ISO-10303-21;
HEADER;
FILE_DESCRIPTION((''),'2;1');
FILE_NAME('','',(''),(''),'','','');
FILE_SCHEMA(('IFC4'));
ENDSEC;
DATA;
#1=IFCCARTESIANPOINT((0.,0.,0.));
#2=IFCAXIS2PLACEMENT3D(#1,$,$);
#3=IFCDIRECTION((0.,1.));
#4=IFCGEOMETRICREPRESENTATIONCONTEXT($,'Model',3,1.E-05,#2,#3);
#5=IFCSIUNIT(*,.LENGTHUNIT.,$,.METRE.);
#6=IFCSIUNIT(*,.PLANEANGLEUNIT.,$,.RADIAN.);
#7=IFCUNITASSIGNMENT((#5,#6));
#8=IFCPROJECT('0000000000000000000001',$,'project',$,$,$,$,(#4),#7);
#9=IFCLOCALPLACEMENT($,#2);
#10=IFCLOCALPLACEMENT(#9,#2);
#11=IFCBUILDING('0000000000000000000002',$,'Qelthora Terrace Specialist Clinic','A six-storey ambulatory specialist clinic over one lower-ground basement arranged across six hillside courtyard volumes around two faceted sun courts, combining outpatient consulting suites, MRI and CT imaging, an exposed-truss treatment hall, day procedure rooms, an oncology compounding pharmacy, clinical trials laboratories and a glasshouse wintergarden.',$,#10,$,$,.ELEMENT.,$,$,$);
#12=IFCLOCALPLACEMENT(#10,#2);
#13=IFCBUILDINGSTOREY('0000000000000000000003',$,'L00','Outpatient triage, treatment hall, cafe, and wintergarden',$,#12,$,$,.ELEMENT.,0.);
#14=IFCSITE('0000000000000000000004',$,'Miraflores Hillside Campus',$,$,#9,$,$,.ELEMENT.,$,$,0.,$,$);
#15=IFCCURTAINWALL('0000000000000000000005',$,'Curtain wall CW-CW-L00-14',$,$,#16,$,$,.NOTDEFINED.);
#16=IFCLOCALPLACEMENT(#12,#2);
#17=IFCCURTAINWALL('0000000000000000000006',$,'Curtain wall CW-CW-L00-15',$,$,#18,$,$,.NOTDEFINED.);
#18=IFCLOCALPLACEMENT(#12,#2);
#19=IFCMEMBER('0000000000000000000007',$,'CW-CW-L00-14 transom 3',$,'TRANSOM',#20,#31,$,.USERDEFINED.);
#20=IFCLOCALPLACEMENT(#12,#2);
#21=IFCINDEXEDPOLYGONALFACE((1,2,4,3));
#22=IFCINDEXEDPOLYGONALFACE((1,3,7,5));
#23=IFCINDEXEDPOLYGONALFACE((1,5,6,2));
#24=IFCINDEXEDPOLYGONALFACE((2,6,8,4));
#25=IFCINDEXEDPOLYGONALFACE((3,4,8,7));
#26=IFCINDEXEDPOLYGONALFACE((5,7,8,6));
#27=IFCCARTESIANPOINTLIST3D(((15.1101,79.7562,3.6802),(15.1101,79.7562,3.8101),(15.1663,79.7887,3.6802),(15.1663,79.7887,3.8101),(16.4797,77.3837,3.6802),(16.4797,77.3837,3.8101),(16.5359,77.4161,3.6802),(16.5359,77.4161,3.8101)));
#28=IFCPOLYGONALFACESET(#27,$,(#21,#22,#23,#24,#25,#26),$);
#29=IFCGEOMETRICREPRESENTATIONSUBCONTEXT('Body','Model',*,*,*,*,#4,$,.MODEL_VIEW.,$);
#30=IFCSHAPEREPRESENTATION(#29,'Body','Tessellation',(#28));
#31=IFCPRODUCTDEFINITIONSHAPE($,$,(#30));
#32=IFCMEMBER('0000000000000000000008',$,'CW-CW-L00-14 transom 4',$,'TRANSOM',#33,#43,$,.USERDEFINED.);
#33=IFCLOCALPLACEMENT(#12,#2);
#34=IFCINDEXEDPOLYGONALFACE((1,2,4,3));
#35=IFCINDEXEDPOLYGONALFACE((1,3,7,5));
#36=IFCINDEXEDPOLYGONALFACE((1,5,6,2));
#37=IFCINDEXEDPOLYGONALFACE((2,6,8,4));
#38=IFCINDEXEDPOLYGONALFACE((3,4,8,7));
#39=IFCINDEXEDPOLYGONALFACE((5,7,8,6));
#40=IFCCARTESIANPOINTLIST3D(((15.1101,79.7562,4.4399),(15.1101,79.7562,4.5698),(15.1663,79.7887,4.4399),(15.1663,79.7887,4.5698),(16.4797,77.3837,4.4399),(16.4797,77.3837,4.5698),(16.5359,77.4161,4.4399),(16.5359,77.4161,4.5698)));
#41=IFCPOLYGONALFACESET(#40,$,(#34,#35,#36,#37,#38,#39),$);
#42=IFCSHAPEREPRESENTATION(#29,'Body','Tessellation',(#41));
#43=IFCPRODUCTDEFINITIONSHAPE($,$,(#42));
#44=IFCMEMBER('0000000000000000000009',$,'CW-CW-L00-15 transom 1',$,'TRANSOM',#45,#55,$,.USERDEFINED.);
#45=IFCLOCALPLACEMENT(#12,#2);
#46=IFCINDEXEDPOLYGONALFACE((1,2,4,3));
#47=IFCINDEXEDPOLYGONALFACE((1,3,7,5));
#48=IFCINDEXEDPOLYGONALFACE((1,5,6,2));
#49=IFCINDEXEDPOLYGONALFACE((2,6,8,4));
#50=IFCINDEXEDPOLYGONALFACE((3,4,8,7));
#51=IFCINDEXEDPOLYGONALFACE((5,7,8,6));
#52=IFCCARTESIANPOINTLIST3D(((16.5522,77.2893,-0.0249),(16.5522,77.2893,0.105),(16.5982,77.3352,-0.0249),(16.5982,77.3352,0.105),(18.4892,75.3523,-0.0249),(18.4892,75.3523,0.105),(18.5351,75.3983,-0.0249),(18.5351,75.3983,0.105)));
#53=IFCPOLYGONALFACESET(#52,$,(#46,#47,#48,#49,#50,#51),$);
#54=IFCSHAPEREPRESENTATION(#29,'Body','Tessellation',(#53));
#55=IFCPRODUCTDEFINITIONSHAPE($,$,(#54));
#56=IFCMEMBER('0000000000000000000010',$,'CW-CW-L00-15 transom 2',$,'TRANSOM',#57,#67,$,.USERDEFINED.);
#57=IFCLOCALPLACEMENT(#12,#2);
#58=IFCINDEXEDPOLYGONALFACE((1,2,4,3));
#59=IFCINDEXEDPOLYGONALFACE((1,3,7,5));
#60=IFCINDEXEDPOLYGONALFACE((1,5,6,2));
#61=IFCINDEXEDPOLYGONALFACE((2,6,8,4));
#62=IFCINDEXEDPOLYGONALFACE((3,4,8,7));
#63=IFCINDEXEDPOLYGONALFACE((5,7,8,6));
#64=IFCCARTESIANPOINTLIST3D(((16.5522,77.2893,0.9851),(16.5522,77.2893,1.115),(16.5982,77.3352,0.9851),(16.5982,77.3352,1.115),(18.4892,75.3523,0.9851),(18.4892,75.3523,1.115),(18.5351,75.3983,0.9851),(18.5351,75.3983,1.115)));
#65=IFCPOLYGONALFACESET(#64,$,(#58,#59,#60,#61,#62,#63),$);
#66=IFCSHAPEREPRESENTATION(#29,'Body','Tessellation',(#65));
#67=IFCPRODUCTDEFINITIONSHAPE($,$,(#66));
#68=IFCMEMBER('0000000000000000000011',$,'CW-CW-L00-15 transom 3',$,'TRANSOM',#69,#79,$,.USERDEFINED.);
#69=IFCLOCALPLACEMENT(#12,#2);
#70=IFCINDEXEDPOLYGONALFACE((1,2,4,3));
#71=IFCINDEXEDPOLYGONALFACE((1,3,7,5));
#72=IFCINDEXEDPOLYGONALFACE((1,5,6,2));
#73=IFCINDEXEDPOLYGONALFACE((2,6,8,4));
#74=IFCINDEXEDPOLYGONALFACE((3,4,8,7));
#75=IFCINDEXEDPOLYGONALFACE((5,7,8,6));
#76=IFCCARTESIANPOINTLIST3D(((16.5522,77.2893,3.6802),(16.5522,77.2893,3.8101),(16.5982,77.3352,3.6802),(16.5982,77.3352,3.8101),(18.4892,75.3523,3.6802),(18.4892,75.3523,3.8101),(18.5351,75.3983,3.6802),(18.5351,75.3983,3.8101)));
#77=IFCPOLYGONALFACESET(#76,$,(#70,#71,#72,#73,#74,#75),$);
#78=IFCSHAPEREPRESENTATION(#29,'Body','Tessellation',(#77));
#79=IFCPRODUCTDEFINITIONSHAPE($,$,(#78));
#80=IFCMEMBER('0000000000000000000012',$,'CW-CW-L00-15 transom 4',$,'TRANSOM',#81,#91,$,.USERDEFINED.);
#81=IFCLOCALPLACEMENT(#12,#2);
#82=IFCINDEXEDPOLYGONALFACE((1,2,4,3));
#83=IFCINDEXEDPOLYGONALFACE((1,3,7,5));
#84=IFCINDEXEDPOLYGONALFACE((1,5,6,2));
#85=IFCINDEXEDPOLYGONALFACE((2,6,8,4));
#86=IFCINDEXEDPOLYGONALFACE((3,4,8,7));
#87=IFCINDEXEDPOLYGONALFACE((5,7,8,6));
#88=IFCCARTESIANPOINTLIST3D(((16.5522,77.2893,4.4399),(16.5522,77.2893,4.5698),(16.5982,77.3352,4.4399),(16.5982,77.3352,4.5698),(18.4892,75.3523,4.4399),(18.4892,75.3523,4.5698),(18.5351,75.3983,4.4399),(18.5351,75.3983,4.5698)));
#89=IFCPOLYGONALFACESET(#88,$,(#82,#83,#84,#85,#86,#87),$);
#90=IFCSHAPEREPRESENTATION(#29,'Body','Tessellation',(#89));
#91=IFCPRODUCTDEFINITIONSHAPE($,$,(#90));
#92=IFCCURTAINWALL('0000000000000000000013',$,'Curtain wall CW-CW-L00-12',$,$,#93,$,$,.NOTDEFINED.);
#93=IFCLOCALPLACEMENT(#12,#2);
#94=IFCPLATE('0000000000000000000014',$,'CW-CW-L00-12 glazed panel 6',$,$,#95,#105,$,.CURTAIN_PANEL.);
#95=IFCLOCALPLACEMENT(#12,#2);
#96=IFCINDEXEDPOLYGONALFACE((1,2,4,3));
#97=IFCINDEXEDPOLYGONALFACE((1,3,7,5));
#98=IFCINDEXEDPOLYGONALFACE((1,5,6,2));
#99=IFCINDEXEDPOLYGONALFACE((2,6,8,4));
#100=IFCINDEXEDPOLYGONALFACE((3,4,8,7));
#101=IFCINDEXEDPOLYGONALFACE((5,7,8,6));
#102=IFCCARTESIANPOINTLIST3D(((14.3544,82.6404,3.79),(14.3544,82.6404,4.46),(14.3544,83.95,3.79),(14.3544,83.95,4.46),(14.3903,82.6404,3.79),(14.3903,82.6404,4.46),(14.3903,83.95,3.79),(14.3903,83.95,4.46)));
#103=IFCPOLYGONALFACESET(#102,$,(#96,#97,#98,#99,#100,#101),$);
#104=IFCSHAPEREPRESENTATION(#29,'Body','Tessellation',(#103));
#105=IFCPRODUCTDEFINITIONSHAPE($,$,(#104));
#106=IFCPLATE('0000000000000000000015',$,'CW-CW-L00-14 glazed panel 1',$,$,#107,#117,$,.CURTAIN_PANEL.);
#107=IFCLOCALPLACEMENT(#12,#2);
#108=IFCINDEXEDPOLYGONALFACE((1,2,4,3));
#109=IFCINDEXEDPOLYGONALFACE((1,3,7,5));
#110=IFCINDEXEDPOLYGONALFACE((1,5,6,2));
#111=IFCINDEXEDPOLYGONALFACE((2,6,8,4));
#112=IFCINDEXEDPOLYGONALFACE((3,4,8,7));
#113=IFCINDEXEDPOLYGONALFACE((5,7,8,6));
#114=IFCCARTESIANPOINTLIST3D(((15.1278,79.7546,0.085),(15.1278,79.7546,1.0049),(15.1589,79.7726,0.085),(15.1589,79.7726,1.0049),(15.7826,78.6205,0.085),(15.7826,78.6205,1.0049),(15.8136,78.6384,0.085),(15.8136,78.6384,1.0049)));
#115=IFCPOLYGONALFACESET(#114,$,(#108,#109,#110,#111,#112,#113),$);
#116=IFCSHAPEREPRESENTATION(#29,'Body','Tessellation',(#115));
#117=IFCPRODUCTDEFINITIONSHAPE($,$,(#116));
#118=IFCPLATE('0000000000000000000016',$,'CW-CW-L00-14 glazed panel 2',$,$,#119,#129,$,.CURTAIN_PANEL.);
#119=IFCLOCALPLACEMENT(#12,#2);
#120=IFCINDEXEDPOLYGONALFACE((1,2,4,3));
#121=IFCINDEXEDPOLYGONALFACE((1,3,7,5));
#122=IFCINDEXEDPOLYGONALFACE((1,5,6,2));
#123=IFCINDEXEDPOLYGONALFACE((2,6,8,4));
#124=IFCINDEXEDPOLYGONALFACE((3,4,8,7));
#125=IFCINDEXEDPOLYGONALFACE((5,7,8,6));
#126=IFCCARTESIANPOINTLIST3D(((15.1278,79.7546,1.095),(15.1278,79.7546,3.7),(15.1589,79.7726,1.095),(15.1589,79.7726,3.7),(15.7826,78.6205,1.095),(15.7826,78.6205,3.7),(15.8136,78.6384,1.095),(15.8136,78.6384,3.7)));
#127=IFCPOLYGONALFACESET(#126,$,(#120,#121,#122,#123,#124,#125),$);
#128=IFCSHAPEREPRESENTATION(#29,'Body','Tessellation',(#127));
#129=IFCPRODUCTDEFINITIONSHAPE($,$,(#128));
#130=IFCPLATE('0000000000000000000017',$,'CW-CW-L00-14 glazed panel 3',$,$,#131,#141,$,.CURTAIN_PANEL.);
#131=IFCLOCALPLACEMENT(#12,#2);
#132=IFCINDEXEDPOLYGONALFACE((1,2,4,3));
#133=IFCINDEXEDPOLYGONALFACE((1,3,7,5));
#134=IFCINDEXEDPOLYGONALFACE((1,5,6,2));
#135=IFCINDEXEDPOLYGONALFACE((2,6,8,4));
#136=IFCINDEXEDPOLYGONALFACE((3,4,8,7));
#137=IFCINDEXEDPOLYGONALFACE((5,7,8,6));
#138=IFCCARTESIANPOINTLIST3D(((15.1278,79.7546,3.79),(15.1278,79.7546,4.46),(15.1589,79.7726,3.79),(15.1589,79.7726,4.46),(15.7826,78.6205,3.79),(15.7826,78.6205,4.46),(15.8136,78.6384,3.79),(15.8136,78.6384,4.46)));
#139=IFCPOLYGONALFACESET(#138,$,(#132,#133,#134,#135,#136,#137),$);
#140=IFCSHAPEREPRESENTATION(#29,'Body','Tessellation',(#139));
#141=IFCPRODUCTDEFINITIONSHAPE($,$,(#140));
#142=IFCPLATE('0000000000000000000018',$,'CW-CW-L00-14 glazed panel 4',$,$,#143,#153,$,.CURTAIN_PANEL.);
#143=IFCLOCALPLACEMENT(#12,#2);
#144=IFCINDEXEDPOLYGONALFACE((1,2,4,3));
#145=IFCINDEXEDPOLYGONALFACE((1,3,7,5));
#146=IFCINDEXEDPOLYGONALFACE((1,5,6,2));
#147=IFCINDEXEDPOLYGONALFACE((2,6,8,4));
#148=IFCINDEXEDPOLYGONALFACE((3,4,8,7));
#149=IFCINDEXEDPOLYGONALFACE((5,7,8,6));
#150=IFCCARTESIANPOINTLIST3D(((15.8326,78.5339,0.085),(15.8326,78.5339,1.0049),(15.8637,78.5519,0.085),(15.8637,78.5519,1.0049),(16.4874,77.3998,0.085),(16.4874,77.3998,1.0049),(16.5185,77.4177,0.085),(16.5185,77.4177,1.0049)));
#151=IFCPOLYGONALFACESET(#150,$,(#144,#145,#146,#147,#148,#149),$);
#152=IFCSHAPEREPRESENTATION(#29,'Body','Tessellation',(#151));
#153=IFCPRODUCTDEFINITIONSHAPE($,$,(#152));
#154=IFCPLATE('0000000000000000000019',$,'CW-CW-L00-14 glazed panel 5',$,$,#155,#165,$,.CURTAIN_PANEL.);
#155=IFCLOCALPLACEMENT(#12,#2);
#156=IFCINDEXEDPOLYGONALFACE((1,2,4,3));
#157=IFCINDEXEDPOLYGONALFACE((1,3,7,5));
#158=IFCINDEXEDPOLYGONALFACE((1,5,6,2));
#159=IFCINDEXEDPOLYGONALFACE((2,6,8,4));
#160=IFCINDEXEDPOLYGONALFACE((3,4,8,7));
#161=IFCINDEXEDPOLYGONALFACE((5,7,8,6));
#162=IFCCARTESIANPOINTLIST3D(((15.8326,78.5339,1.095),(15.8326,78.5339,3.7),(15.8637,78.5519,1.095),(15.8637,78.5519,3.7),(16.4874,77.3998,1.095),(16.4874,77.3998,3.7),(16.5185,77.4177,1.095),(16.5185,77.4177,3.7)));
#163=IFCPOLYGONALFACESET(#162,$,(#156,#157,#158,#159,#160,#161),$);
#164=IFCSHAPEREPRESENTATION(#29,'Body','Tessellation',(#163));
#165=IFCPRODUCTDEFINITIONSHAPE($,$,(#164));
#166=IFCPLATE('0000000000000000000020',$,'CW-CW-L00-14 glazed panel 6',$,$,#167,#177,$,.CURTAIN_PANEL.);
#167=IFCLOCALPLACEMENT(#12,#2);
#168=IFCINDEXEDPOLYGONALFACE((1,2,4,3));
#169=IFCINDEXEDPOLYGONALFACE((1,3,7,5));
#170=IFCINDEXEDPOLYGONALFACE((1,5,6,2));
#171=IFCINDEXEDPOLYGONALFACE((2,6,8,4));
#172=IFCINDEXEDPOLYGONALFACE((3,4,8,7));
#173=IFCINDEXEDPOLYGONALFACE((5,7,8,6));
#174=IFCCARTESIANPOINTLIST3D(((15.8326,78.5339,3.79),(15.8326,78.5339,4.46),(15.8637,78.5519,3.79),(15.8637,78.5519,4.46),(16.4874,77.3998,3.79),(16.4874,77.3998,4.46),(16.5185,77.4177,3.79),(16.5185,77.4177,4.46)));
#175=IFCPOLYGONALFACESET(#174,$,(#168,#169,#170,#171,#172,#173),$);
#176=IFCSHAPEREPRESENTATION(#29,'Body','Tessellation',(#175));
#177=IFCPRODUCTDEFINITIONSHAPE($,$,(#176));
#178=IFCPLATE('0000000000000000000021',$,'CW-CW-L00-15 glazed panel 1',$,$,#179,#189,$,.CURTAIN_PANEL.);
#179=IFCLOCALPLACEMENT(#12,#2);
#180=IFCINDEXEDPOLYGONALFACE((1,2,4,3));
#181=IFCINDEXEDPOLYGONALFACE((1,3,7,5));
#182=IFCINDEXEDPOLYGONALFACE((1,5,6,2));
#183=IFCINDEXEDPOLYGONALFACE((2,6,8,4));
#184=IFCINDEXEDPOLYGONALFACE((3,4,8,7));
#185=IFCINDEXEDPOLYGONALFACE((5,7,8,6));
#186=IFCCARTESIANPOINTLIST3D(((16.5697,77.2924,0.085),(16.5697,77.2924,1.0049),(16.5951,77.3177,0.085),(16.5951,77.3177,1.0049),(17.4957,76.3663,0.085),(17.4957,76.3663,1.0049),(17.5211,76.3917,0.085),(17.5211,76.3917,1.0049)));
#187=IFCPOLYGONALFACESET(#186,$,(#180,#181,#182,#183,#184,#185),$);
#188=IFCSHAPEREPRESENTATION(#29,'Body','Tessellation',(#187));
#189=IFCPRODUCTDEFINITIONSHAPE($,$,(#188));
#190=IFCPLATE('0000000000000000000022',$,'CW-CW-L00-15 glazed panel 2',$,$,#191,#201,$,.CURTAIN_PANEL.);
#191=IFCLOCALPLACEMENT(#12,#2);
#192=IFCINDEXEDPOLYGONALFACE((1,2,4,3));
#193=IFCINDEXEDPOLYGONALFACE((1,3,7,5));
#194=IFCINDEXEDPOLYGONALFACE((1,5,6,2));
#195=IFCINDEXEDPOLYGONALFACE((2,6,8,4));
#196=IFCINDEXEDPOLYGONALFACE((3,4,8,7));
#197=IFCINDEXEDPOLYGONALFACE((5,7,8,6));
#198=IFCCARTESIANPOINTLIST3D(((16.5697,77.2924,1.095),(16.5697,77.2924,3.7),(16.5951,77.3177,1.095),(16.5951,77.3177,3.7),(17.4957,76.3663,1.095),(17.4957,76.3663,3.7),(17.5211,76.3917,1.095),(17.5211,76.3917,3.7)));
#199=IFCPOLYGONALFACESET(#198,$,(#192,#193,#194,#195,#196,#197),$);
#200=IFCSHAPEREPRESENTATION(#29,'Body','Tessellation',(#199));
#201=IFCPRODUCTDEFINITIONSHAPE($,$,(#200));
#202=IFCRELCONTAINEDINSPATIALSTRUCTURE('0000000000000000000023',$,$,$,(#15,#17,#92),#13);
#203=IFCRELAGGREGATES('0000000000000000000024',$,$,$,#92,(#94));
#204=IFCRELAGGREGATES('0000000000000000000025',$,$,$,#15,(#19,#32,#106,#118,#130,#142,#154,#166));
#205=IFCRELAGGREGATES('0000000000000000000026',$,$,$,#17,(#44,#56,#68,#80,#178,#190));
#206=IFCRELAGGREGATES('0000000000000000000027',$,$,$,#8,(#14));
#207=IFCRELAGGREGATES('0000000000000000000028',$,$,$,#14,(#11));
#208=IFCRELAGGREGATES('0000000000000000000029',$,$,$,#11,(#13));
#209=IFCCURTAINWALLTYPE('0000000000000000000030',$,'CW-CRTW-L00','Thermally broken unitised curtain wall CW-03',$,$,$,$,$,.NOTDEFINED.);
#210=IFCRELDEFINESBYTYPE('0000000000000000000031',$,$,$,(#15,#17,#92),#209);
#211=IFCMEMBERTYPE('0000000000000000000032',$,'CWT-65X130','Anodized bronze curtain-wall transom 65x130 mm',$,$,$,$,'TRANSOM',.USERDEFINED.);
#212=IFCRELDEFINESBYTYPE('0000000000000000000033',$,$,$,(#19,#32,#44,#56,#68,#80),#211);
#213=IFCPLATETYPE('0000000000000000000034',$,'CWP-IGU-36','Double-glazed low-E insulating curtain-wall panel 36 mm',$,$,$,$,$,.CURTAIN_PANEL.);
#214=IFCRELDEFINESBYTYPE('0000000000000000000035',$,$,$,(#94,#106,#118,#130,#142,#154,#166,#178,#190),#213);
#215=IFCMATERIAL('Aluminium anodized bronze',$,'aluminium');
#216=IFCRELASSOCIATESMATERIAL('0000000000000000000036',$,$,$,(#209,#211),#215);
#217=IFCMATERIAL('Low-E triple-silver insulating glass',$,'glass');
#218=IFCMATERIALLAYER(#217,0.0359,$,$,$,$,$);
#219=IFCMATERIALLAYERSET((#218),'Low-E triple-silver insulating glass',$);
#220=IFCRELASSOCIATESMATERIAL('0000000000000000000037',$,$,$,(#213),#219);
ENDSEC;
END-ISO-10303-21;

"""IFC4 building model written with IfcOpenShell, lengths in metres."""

from ifc_helpers import new_model, si_unit, direction, frame, origin, origin_2d, place, context, subcontext, project, spatial, rectangle, extrude, material, layer, layer_set, material_profile, profile_set, type_object, element, aggregate, save


model = new_model("IFC4")

# Units and contexts
model_context = context("Model", 3, precision=1e-05, world=origin(), true_north=direction((0.0, 1.0)))
body_context = subcontext(model_context, "Body", "Model", "MODEL_VIEW")
ifc_project = project(units=[si_unit("LENGTHUNIT", "METRE"), si_unit("PLANEANGLEUNIT", "RADIAN")], contexts=[model_context])

# Site, building, storey
site_placement = place(None, origin())
site = spatial("IfcSite", under=ifc_project, at=site_placement, Name="Miraflores Hillside Campus", CompositionType="ELEMENT", RefElevation=0.0)
building_placement = place(site_placement, origin())
building = spatial("IfcBuilding", under=site, at=building_placement, Name="Qelthora Terrace Specialist Clinic", Description="A six-storey ambulatory specialist clinic over one lower-ground basement arranged across six hillside courtyard volumes around two faceted sun courts, combining outpatient consulting suites, MRI and CT imaging, an exposed-truss treatment hall, day procedure rooms, an oncology compounding pharmacy, clinical trials laboratories and a glasshouse wintergarden.", CompositionType="ELEMENT")
storey_placement = place(building_placement, origin())
storey = spatial("IfcBuildingStorey", under=building, at=storey_placement, Name="L00", Description="Outpatient triage, treatment hall, cafe, and wintergarden", CompositionType="ELEMENT", Elevation=0.0)

# Curtain walls
ifc_material_1 = material(Name="Aluminium anodized bronze", Category="aluminium")
curtain_wall_type = type_object("IfcCurtainWallType", Name="CW-CRTW-L00", Description="Thermally broken unitised curtain wall CW-03", PredefinedType="NOTDEFINED", material=ifc_material_1)
curtain_wall_1_placement = place(storey_placement, origin())
curtain_wall_1 = element("IfcCurtainWall", 1, at=curtain_wall_1_placement, inside=storey, type_object=curtain_wall_type, Name="Curtain wall CW-CW-L00-14", PredefinedType="NOTDEFINED")
curtain_wall_2_placement = place(storey_placement, origin())
curtain_wall_2 = element("IfcCurtainWall", 2, at=curtain_wall_2_placement, inside=storey, type_object=curtain_wall_type, Name="Curtain wall CW-CW-L00-15", PredefinedType="NOTDEFINED")

# Members
ifc_material_profile_1 = material_profile(ifc_material_1, rectangle(XDim=0.0649, YDim=0.1299, at=origin_2d()), Name="CWT65X130")
ifc_profile_set_1 = profile_set([ifc_material_profile_1], Name="Aluminium anodized bronze")
member_type_1 = type_object("IfcMemberType", Name="CWT-65X130", Description="Anodized bronze curtain-wall transom 65x130 mm", ElementType="TRANSOM", PredefinedType="USERDEFINED", material=ifc_profile_set_1)
member_1_placement = place(storey_placement, frame((15.1382, 79.7725, 3.7451), z_axis=(0.499954, -0.866052, 0.0), x_axis=(0.866052, 0.499954, 0.0)))
member_1 = element("IfcMember", 3, at=member_1_placement, type_object=member_type_1, Name="CW-CW-L00-14 transom 3", ObjectType="TRANSOM", PredefinedType="USERDEFINED", context=body_context, shape_type="SweptSolid", body=[
    extrude(rectangle(XDim=0.0649, YDim=0.1299, at=origin_2d()), origin(), (0.0, 0.0, 1.0), 2.7395),
])
member_2_placement = place(storey_placement, frame((15.1382, 79.7725, 4.5049), z_axis=(0.499954, -0.866052, 0.0), x_axis=(0.866052, 0.499954, 0.0)))
member_2 = element("IfcMember", 4, at=member_2_placement, type_object=member_type_1, Name="CW-CW-L00-14 transom 4", ObjectType="TRANSOM", PredefinedType="USERDEFINED", context=body_context, shape_type="SweptSolid", body=[
    extrude(rectangle(XDim=0.0649, YDim=0.1299, at=origin_2d()), origin(), (0.0, 0.0, 1.0), 2.7395),
])
member_3_placement = place(storey_placement, frame((16.5752, 77.3123, 0.04), z_axis=(0.707107, -0.707107, 0.0), x_axis=(0.707107, 0.707107, 0.0)))
member_3 = element("IfcMember", 5, at=member_3_placement, type_object=member_type_1, Name="CW-CW-L00-15 transom 1", ObjectType="TRANSOM", PredefinedType="USERDEFINED", context=body_context, shape_type="SweptSolid", body=[
    extrude(rectangle(XDim=0.0649, YDim=0.1299, at=origin_2d()), origin(), (0.0, 0.0, 1.0), 2.7393),
])
member_4_placement = place(storey_placement, frame((16.5752, 77.3123, 1.05), z_axis=(0.707107, -0.707107, 0.0), x_axis=(0.707107, 0.707107, 0.0)))
member_4 = element("IfcMember", 6, at=member_4_placement, type_object=member_type_1, Name="CW-CW-L00-15 transom 2", ObjectType="TRANSOM", PredefinedType="USERDEFINED", context=body_context, shape_type="SweptSolid", body=[
    extrude(rectangle(XDim=0.0649, YDim=0.1299, at=origin_2d()), origin(), (0.0, 0.0, 1.0), 2.7393),
])
member_5_placement = place(storey_placement, frame((16.5752, 77.3123, 3.7451), z_axis=(0.707107, -0.707107, 0.0), x_axis=(0.707107, 0.707107, 0.0)))
member_5 = element("IfcMember", 7, at=member_5_placement, type_object=member_type_1, Name="CW-CW-L00-15 transom 3", ObjectType="TRANSOM", PredefinedType="USERDEFINED", context=body_context, shape_type="SweptSolid", body=[
    extrude(rectangle(XDim=0.0649, YDim=0.1299, at=origin_2d()), origin(), (0.0, 0.0, 1.0), 2.7393),
])
member_6_placement = place(storey_placement, frame((16.5752, 77.3123, 4.5049), z_axis=(0.707107, -0.707107, 0.0), x_axis=(0.707107, 0.707107, 0.0)))
member_6 = element("IfcMember", 8, at=member_6_placement, type_object=member_type_1, Name="CW-CW-L00-15 transom 4", ObjectType="TRANSOM", PredefinedType="USERDEFINED", context=body_context, shape_type="SweptSolid", body=[
    extrude(rectangle(XDim=0.0649, YDim=0.1299, at=origin_2d()), origin(), (0.0, 0.0, 1.0), 2.7393),
])

# Curtain wall, plate
curtain_wall_3_placement = place(storey_placement, origin())
curtain_wall_3 = element("IfcCurtainWall", 9, at=curtain_wall_3_placement, inside=storey, type_object=curtain_wall_type, Name="Curtain wall CW-CW-L00-12", PredefinedType="NOTDEFINED")
ifc_material_2 = material(Name="Low-E triple-silver insulating glass", Category="glass")
ifc_layer_1 = layer(ifc_material_2, 0.0359)
ifc_layer_set_1 = layer_set([ifc_layer_1], Name="Low-E triple-silver insulating glass")
plate_type = type_object("IfcPlateType", Name="CWP-IGU-36", Description="Double-glazed low-E insulating curtain-wall panel 36 mm", PredefinedType="CURTAIN_PANEL", material=ifc_layer_set_1)
plate_1_placement = place(storey_placement, frame((14.3723, 83.2952, 3.79), z_axis=(0.0, 0.0, 1.0), x_axis=(0.0, -1.0, 0.0)))
plate_1 = element("IfcPlate", 10, at=plate_1_placement, type_object=plate_type, Name="CW-CW-L00-12 glazed panel 6", PredefinedType="CURTAIN_PANEL", context=body_context, shape_type="SweptSolid", body=[
    extrude(rectangle(XDim=1.3096, YDim=0.0359, at=origin_2d()), origin(), (0.0, 0.0, 1.0), 0.6699),
])
aggregate(curtain_wall_3, [plate_1])

# Plates
plate_2_placement = place(storey_placement, frame((15.4707, 79.1965, 0.085), z_axis=(0.0, 0.0, 1.0), x_axis=(0.5, -0.866025, 0.0)))
plate_2 = element("IfcPlate", 11, at=plate_2_placement, type_object=plate_type, Name="CW-CW-L00-14 glazed panel 1", PredefinedType="CURTAIN_PANEL", context=body_context, shape_type="SweptSolid", body=[
    extrude(rectangle(XDim=1.3096, YDim=0.0359, at=origin_2d()), origin(), (0.0, 0.0, 1.0), 0.9199),
])
plate_3_placement = place(storey_placement, frame((15.4707, 79.1965, 1.095), z_axis=(0.0, 0.0, 1.0), x_axis=(0.5, -0.866025, 0.0)))
plate_3 = element("IfcPlate", 12, at=plate_3_placement, type_object=plate_type, Name="CW-CW-L00-14 glazed panel 2", PredefinedType="CURTAIN_PANEL", context=body_context, shape_type="SweptSolid", body=[
    extrude(rectangle(XDim=1.3096, YDim=0.0359, at=origin_2d()), origin(), (0.0, 0.0, 1.0), 2.605),
])
plate_4_placement = place(storey_placement, frame((15.4707, 79.1965, 3.79), z_axis=(0.0, 0.0, 1.0), x_axis=(0.5, -0.866025, 0.0)))
plate_4 = element("IfcPlate", 13, at=plate_4_placement, type_object=plate_type, Name="CW-CW-L00-14 glazed panel 3", PredefinedType="CURTAIN_PANEL", context=body_context, shape_type="SweptSolid", body=[
    extrude(rectangle(XDim=1.3096, YDim=0.0359, at=origin_2d()), origin(), (0.0, 0.0, 1.0), 0.6699),
])
plate_5_placement = place(storey_placement, frame((16.1755, 77.9758, 0.085), z_axis=(0.0, 0.0, 1.0), x_axis=(0.5, -0.866025, 0.0)))
plate_5 = element("IfcPlate", 14, at=plate_5_placement, type_object=plate_type, Name="CW-CW-L00-14 glazed panel 4", PredefinedType="CURTAIN_PANEL", context=body_context, shape_type="SweptSolid", body=[
    extrude(rectangle(XDim=1.3096, YDim=0.0359, at=origin_2d()), origin(), (0.0, 0.0, 1.0), 0.9199),
])
plate_6_placement = place(storey_placement, frame((16.1755, 77.9758, 1.095), z_axis=(0.0, 0.0, 1.0), x_axis=(0.5, -0.866025, 0.0)))
plate_6 = element("IfcPlate", 15, at=plate_6_placement, type_object=plate_type, Name="CW-CW-L00-14 glazed panel 5", PredefinedType="CURTAIN_PANEL", context=body_context, shape_type="SweptSolid", body=[
    extrude(rectangle(XDim=1.3096, YDim=0.0359, at=origin_2d()), origin(), (0.0, 0.0, 1.0), 2.605),
])
plate_7_placement = place(storey_placement, frame((16.1755, 77.9758, 3.79), z_axis=(0.0, 0.0, 1.0), x_axis=(0.5, -0.866025, 0.0)))
plate_7 = element("IfcPlate", 16, at=plate_7_placement, type_object=plate_type, Name="CW-CW-L00-14 glazed panel 6", PredefinedType="CURTAIN_PANEL", context=body_context, shape_type="SweptSolid", body=[
    extrude(rectangle(XDim=1.3096, YDim=0.0359, at=origin_2d()), origin(), (0.0, 0.0, 1.0), 0.6699),
])
aggregate(curtain_wall_1, [member_1, member_2, plate_2, plate_3, plate_4, plate_5, plate_6, plate_7])
plate_8_placement = place(storey_placement, frame((17.0454, 76.842, 0.085), z_axis=(0.0, 0.0, 1.0), x_axis=(0.707107, -0.707107, 0.0)))
plate_8 = element("IfcPlate", 17, at=plate_8_placement, type_object=plate_type, Name="CW-CW-L00-15 glazed panel 1", PredefinedType="CURTAIN_PANEL", context=body_context, shape_type="SweptSolid", body=[
    extrude(rectangle(XDim=1.3096, YDim=0.0359, at=origin_2d()), origin(), (0.0, 0.0, 1.0), 0.9199),
])
plate_9_placement = place(storey_placement, frame((17.0454, 76.842, 1.095), z_axis=(0.0, 0.0, 1.0), x_axis=(0.707107, -0.707107, 0.0)))
plate_9 = element("IfcPlate", 18, at=plate_9_placement, type_object=plate_type, Name="CW-CW-L00-15 glazed panel 2", PredefinedType="CURTAIN_PANEL", context=body_context, shape_type="SweptSolid", body=[
    extrude(rectangle(XDim=1.3096, YDim=0.0359, at=origin_2d()), origin(), (0.0, 0.0, 1.0), 2.605),
])
aggregate(curtain_wall_2, [member_3, member_4, member_5, member_6, plate_8, plate_9])

save(model, "model.ifc")
